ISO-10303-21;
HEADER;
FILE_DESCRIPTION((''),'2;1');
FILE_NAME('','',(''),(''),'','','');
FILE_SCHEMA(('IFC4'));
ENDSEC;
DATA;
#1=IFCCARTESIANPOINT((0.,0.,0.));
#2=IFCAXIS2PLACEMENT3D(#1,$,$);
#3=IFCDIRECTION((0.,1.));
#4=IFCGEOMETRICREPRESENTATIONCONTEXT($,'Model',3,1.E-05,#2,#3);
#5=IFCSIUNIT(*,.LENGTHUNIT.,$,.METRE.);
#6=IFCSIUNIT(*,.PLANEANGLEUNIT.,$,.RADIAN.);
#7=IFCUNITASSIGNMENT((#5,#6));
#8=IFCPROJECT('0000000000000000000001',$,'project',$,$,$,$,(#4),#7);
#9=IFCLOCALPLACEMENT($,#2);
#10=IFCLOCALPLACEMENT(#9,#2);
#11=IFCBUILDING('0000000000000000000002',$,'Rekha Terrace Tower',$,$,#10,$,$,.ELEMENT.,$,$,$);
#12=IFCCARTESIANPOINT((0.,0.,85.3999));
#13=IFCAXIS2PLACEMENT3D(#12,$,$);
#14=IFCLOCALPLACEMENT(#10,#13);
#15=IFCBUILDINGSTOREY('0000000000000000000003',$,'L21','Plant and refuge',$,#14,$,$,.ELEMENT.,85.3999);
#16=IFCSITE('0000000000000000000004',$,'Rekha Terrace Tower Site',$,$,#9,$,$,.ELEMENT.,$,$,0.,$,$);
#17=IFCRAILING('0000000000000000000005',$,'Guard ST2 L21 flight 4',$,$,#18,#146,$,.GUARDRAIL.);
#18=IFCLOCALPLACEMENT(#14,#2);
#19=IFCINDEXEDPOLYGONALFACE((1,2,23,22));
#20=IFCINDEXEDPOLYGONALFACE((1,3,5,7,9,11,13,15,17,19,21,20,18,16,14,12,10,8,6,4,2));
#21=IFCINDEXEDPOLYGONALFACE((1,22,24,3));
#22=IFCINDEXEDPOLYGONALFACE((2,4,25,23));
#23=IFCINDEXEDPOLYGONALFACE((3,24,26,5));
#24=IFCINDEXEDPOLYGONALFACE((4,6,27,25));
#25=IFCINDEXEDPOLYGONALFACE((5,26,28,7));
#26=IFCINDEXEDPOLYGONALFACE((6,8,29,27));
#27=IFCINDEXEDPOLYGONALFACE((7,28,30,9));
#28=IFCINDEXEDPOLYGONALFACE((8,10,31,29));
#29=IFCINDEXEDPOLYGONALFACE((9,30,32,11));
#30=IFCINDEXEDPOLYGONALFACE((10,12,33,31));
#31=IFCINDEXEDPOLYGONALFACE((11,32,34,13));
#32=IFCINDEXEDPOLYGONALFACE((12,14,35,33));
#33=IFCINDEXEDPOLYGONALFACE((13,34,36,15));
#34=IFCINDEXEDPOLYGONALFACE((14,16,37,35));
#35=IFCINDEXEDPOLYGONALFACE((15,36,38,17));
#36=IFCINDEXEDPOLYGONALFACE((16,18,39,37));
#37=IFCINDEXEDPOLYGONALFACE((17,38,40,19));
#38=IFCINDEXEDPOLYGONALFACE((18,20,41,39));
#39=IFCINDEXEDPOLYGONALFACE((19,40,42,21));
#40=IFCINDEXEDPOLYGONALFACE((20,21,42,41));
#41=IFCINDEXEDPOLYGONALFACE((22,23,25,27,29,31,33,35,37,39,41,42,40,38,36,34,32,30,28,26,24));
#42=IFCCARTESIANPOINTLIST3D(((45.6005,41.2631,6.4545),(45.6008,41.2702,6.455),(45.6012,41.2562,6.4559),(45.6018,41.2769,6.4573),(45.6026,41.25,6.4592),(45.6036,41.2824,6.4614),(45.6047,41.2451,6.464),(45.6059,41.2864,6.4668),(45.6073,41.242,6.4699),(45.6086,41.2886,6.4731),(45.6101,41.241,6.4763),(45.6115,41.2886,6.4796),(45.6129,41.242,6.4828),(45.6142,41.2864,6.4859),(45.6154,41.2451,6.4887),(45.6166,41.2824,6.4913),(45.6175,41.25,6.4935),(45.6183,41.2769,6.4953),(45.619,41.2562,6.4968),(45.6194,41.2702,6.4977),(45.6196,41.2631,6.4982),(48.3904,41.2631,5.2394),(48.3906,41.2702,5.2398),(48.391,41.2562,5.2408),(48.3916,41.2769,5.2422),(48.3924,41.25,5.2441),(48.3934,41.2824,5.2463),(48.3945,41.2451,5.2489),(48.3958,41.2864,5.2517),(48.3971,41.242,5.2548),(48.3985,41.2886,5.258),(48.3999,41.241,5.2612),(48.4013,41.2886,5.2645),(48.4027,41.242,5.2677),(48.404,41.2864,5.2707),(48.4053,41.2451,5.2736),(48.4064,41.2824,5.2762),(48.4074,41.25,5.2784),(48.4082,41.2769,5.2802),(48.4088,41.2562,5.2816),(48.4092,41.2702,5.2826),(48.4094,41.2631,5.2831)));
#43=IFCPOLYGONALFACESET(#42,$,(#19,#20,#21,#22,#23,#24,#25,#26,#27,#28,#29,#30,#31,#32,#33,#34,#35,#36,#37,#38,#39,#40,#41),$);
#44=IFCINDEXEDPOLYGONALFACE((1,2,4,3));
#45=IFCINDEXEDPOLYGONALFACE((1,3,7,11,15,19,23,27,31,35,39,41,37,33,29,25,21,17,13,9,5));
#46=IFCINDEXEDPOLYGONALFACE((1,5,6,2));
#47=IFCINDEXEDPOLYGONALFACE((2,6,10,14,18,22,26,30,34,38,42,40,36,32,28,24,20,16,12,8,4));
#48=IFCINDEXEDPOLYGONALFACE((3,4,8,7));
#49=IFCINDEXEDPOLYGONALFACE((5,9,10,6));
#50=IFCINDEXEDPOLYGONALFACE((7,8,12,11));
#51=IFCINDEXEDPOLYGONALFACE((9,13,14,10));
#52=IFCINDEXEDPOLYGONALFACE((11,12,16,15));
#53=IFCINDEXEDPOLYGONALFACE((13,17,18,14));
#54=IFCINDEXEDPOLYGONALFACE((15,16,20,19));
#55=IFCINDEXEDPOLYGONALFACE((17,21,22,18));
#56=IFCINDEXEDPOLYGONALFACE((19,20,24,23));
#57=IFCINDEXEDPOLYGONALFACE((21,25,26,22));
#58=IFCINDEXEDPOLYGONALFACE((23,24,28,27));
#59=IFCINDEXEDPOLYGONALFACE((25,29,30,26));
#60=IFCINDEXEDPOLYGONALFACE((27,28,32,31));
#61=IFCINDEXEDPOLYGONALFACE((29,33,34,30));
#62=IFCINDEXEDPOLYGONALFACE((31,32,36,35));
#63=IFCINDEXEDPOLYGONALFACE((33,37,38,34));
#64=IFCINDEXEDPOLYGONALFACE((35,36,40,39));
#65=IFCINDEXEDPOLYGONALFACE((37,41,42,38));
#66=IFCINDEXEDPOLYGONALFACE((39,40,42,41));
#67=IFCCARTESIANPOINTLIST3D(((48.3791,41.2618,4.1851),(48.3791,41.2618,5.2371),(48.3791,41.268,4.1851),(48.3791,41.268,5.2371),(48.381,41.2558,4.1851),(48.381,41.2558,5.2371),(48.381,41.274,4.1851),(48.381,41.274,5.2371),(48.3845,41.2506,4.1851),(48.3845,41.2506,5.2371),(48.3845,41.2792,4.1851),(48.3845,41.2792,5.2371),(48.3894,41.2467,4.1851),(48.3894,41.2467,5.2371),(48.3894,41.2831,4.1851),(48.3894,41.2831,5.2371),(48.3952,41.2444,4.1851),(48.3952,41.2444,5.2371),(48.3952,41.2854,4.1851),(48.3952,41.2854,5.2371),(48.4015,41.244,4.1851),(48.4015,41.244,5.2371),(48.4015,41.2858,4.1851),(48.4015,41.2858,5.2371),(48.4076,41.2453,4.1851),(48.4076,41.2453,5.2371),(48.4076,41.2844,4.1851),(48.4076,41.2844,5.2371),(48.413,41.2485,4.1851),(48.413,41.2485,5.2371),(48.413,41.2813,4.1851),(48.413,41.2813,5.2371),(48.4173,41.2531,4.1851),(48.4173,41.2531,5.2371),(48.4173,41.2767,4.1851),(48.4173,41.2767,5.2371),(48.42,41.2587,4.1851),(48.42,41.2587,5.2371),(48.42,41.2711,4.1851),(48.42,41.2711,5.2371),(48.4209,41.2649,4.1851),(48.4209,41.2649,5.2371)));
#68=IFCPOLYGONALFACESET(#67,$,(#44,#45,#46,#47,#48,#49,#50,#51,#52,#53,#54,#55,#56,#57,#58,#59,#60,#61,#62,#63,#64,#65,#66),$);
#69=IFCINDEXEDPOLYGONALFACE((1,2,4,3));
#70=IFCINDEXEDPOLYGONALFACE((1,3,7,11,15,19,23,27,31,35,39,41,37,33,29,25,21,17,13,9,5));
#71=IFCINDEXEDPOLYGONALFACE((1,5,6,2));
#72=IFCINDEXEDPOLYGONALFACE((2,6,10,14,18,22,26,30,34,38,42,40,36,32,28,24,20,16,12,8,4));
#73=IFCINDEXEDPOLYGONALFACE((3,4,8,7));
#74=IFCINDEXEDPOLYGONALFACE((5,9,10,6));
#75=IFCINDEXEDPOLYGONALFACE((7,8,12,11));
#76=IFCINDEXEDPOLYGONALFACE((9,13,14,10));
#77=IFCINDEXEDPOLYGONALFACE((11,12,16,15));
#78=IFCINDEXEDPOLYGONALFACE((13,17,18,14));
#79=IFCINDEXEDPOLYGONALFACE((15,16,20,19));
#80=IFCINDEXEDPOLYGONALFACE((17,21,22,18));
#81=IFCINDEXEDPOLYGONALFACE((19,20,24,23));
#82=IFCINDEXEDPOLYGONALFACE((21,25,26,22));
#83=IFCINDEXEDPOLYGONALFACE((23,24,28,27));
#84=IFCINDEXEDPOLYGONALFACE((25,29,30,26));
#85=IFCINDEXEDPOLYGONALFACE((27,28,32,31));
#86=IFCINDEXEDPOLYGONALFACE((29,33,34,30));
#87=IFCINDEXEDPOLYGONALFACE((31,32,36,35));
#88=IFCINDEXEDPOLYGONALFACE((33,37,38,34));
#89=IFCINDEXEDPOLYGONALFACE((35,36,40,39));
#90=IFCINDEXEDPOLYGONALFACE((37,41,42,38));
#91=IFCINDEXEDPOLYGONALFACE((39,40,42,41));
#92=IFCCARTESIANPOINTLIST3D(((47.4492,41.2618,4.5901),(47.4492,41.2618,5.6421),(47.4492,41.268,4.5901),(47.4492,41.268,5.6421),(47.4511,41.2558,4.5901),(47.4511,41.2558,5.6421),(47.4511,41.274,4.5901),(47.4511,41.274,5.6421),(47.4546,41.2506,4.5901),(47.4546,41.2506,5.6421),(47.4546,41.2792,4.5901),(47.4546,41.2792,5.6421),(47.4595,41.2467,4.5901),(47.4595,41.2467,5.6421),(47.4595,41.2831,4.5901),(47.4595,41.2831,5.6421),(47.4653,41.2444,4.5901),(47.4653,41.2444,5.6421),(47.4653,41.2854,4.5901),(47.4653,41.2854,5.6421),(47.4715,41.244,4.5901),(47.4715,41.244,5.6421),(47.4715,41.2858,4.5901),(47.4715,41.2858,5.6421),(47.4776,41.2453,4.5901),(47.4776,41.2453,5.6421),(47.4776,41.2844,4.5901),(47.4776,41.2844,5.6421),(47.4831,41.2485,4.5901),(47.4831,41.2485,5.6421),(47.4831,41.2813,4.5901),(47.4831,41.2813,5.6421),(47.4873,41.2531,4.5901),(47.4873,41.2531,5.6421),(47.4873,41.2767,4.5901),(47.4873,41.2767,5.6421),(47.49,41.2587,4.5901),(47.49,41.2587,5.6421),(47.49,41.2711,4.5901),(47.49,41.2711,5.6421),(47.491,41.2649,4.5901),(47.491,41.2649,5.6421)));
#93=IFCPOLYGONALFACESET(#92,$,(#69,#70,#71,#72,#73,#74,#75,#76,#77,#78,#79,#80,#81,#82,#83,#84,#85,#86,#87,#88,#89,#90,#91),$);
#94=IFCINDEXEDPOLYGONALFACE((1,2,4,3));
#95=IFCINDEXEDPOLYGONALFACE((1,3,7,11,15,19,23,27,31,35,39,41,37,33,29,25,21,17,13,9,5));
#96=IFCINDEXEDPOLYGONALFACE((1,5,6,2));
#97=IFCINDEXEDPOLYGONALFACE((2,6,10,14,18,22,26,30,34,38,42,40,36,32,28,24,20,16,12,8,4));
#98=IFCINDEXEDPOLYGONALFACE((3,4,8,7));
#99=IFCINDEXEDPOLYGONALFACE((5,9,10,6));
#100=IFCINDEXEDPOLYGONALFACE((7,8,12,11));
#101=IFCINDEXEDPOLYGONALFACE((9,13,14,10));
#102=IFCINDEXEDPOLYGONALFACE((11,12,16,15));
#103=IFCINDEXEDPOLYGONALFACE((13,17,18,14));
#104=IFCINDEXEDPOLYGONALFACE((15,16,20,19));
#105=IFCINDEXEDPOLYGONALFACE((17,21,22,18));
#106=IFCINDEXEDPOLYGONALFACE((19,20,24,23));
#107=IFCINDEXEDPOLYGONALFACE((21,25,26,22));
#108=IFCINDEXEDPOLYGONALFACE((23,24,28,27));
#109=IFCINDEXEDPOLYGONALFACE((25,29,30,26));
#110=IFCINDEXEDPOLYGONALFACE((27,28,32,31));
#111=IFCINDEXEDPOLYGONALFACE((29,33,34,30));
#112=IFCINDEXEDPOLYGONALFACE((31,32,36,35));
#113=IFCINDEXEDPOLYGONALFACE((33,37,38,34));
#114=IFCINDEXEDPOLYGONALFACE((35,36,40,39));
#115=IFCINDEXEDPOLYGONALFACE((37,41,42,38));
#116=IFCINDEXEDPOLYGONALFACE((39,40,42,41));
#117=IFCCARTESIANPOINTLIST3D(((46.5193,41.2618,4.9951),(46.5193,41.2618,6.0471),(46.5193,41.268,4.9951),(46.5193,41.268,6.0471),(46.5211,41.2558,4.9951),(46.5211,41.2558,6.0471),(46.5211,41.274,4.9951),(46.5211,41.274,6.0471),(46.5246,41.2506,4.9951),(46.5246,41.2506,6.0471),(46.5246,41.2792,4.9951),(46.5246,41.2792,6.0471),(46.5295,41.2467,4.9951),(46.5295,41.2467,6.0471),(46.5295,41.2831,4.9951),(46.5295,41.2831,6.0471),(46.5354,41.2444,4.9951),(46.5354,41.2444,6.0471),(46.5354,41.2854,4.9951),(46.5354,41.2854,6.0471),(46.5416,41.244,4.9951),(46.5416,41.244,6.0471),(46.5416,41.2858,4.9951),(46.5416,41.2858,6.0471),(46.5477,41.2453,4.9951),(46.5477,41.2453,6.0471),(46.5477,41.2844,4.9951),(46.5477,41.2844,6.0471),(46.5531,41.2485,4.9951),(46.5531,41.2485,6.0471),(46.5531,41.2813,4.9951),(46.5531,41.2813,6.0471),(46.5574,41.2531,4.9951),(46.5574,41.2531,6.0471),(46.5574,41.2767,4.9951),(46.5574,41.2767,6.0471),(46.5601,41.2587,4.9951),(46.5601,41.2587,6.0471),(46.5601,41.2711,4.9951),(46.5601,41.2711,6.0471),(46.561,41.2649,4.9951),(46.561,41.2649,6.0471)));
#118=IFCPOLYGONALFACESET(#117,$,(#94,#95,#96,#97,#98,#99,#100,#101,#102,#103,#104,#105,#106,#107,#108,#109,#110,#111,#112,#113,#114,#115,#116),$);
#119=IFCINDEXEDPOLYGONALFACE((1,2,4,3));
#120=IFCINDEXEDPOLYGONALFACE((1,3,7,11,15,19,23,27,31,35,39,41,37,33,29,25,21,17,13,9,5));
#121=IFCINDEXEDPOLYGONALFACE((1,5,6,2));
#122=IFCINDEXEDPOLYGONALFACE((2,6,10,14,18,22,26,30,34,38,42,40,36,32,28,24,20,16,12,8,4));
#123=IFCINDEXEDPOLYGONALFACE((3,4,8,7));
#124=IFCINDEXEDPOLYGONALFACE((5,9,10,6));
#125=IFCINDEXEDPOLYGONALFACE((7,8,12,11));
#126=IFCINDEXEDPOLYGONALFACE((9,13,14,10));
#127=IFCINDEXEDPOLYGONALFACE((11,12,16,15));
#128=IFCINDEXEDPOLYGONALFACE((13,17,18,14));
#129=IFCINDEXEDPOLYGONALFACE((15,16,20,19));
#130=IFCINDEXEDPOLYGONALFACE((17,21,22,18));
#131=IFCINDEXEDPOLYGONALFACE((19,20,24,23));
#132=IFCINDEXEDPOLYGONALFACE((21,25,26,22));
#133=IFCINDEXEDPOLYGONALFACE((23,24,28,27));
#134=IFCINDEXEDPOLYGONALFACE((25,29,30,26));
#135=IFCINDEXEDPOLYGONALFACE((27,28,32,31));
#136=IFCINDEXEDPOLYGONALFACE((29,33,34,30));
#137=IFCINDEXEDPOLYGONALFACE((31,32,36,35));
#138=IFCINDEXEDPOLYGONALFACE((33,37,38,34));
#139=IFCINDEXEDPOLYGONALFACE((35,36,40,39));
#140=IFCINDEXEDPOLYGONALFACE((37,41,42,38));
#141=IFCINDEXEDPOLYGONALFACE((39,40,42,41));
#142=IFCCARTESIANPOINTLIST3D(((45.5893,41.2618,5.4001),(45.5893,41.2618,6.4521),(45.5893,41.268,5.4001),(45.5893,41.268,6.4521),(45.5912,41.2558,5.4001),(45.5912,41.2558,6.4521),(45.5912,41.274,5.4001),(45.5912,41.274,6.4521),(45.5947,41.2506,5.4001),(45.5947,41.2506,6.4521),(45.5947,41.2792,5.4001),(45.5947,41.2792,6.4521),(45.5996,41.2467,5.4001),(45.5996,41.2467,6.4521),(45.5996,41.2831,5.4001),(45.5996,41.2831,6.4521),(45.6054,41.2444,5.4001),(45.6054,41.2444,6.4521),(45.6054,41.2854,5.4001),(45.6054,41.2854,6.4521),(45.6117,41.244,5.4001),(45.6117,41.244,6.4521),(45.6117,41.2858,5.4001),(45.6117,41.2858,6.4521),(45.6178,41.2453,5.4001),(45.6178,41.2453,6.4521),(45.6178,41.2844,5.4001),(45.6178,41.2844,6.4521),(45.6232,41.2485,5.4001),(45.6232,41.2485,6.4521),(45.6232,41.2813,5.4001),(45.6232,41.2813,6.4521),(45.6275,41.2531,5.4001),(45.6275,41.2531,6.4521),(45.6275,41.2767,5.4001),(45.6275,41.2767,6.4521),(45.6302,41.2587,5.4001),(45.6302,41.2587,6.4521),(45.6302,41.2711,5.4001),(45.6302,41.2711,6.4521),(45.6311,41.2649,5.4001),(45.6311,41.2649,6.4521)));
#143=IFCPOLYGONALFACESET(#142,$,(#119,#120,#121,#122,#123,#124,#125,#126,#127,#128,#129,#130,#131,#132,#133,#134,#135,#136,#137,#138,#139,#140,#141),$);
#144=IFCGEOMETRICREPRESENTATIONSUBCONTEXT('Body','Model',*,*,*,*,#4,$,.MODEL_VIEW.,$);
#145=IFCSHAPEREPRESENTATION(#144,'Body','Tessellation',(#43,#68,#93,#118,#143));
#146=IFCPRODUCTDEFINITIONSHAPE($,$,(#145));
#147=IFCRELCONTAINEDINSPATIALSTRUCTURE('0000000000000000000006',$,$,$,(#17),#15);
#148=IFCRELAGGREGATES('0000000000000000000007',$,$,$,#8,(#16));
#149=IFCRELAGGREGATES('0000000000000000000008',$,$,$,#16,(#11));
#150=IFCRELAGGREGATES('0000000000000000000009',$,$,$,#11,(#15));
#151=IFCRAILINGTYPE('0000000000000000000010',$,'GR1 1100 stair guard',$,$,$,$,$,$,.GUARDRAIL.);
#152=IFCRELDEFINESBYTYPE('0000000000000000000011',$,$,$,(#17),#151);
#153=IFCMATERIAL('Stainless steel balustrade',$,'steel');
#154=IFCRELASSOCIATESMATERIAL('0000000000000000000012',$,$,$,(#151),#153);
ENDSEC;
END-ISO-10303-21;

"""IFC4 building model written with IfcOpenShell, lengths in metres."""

from ifc_helpers import new_model, si_unit, direction, frame, origin, origin_2d, place, context, subcontext, project, spatial, circle, extrude, material, type_object, element, save


model = new_model("IFC4")

# Units and contexts
model_context = context("Model", 3, precision=1e-05, world=origin(), true_north=direction((0.0, 1.0)))
body_context = subcontext(model_context, "Body", "Model", "MODEL_VIEW")
ifc_project = project(units=[si_unit("LENGTHUNIT", "METRE"), si_unit("PLANEANGLEUNIT", "RADIAN")], contexts=[model_context])

# Site, building, storey
site_placement = place(None, origin())
site = spatial("IfcSite", under=ifc_project, at=site_placement, Name="Rekha Terrace Tower Site", CompositionType="ELEMENT", RefElevation=0.0)
building_placement = place(site_placement, origin())
building = spatial("IfcBuilding", under=site, at=building_placement, Name="Rekha Terrace Tower", CompositionType="ELEMENT")
storey_placement = place(building_placement, frame((0.0, 0.0, 85.3999)))
storey = spatial("IfcBuildingStorey", under=building, at=storey_placement, Name="L21", Description="Plant and refuge", CompositionType="ELEMENT", Elevation=85.3999)

# Railing
ifc_material_1 = material(Name="Stainless steel balustrade", Category="steel")
railing_type_1 = type_object("IfcRailingType", Name="GR1 1100 stair guard", PredefinedType="GUARDRAIL", material=ifc_material_1)
railing_1_placement = place(storey_placement, frame((48.3999, 41.2649, 4.1851)))
element("IfcRailing", 1, at=railing_1_placement, inside=storey, type_object=railing_type_1, Name="Guard ST2 L21 flight 4", PredefinedType="GUARDRAIL", context=body_context, shape_type="SweptSolid", body=[
    extrude(circle(Radius=0.0239, at=origin_2d()), frame((0.0, 0.0, 1.0762), z_axis=(-0.916813, 0.0, 0.399316), x_axis=(0.0, -1.0, 0.0)), (0.0, 0.0, 1.0), 3.043),
    extrude(circle(Radius=0.021, at=origin_2d()), origin(), (0.0, 0.0, 1.0), 1.052),
    extrude(circle(Radius=0.021, at=origin_2d()), frame((-0.9299, 0.0, 0.405)), (0.0, 0.0, 1.0), 1.052),
    extrude(circle(Radius=0.021, at=origin_2d()), frame((-1.8599, 0.0, 0.8101)), (0.0, 0.0, 1.0), 1.052),
    extrude(circle(Radius=0.021, at=origin_2d()), frame((-2.7898, 0.0, 1.2151)), (0.0, 0.0, 1.0), 1.052),
])

save(model, "model.ifc")
